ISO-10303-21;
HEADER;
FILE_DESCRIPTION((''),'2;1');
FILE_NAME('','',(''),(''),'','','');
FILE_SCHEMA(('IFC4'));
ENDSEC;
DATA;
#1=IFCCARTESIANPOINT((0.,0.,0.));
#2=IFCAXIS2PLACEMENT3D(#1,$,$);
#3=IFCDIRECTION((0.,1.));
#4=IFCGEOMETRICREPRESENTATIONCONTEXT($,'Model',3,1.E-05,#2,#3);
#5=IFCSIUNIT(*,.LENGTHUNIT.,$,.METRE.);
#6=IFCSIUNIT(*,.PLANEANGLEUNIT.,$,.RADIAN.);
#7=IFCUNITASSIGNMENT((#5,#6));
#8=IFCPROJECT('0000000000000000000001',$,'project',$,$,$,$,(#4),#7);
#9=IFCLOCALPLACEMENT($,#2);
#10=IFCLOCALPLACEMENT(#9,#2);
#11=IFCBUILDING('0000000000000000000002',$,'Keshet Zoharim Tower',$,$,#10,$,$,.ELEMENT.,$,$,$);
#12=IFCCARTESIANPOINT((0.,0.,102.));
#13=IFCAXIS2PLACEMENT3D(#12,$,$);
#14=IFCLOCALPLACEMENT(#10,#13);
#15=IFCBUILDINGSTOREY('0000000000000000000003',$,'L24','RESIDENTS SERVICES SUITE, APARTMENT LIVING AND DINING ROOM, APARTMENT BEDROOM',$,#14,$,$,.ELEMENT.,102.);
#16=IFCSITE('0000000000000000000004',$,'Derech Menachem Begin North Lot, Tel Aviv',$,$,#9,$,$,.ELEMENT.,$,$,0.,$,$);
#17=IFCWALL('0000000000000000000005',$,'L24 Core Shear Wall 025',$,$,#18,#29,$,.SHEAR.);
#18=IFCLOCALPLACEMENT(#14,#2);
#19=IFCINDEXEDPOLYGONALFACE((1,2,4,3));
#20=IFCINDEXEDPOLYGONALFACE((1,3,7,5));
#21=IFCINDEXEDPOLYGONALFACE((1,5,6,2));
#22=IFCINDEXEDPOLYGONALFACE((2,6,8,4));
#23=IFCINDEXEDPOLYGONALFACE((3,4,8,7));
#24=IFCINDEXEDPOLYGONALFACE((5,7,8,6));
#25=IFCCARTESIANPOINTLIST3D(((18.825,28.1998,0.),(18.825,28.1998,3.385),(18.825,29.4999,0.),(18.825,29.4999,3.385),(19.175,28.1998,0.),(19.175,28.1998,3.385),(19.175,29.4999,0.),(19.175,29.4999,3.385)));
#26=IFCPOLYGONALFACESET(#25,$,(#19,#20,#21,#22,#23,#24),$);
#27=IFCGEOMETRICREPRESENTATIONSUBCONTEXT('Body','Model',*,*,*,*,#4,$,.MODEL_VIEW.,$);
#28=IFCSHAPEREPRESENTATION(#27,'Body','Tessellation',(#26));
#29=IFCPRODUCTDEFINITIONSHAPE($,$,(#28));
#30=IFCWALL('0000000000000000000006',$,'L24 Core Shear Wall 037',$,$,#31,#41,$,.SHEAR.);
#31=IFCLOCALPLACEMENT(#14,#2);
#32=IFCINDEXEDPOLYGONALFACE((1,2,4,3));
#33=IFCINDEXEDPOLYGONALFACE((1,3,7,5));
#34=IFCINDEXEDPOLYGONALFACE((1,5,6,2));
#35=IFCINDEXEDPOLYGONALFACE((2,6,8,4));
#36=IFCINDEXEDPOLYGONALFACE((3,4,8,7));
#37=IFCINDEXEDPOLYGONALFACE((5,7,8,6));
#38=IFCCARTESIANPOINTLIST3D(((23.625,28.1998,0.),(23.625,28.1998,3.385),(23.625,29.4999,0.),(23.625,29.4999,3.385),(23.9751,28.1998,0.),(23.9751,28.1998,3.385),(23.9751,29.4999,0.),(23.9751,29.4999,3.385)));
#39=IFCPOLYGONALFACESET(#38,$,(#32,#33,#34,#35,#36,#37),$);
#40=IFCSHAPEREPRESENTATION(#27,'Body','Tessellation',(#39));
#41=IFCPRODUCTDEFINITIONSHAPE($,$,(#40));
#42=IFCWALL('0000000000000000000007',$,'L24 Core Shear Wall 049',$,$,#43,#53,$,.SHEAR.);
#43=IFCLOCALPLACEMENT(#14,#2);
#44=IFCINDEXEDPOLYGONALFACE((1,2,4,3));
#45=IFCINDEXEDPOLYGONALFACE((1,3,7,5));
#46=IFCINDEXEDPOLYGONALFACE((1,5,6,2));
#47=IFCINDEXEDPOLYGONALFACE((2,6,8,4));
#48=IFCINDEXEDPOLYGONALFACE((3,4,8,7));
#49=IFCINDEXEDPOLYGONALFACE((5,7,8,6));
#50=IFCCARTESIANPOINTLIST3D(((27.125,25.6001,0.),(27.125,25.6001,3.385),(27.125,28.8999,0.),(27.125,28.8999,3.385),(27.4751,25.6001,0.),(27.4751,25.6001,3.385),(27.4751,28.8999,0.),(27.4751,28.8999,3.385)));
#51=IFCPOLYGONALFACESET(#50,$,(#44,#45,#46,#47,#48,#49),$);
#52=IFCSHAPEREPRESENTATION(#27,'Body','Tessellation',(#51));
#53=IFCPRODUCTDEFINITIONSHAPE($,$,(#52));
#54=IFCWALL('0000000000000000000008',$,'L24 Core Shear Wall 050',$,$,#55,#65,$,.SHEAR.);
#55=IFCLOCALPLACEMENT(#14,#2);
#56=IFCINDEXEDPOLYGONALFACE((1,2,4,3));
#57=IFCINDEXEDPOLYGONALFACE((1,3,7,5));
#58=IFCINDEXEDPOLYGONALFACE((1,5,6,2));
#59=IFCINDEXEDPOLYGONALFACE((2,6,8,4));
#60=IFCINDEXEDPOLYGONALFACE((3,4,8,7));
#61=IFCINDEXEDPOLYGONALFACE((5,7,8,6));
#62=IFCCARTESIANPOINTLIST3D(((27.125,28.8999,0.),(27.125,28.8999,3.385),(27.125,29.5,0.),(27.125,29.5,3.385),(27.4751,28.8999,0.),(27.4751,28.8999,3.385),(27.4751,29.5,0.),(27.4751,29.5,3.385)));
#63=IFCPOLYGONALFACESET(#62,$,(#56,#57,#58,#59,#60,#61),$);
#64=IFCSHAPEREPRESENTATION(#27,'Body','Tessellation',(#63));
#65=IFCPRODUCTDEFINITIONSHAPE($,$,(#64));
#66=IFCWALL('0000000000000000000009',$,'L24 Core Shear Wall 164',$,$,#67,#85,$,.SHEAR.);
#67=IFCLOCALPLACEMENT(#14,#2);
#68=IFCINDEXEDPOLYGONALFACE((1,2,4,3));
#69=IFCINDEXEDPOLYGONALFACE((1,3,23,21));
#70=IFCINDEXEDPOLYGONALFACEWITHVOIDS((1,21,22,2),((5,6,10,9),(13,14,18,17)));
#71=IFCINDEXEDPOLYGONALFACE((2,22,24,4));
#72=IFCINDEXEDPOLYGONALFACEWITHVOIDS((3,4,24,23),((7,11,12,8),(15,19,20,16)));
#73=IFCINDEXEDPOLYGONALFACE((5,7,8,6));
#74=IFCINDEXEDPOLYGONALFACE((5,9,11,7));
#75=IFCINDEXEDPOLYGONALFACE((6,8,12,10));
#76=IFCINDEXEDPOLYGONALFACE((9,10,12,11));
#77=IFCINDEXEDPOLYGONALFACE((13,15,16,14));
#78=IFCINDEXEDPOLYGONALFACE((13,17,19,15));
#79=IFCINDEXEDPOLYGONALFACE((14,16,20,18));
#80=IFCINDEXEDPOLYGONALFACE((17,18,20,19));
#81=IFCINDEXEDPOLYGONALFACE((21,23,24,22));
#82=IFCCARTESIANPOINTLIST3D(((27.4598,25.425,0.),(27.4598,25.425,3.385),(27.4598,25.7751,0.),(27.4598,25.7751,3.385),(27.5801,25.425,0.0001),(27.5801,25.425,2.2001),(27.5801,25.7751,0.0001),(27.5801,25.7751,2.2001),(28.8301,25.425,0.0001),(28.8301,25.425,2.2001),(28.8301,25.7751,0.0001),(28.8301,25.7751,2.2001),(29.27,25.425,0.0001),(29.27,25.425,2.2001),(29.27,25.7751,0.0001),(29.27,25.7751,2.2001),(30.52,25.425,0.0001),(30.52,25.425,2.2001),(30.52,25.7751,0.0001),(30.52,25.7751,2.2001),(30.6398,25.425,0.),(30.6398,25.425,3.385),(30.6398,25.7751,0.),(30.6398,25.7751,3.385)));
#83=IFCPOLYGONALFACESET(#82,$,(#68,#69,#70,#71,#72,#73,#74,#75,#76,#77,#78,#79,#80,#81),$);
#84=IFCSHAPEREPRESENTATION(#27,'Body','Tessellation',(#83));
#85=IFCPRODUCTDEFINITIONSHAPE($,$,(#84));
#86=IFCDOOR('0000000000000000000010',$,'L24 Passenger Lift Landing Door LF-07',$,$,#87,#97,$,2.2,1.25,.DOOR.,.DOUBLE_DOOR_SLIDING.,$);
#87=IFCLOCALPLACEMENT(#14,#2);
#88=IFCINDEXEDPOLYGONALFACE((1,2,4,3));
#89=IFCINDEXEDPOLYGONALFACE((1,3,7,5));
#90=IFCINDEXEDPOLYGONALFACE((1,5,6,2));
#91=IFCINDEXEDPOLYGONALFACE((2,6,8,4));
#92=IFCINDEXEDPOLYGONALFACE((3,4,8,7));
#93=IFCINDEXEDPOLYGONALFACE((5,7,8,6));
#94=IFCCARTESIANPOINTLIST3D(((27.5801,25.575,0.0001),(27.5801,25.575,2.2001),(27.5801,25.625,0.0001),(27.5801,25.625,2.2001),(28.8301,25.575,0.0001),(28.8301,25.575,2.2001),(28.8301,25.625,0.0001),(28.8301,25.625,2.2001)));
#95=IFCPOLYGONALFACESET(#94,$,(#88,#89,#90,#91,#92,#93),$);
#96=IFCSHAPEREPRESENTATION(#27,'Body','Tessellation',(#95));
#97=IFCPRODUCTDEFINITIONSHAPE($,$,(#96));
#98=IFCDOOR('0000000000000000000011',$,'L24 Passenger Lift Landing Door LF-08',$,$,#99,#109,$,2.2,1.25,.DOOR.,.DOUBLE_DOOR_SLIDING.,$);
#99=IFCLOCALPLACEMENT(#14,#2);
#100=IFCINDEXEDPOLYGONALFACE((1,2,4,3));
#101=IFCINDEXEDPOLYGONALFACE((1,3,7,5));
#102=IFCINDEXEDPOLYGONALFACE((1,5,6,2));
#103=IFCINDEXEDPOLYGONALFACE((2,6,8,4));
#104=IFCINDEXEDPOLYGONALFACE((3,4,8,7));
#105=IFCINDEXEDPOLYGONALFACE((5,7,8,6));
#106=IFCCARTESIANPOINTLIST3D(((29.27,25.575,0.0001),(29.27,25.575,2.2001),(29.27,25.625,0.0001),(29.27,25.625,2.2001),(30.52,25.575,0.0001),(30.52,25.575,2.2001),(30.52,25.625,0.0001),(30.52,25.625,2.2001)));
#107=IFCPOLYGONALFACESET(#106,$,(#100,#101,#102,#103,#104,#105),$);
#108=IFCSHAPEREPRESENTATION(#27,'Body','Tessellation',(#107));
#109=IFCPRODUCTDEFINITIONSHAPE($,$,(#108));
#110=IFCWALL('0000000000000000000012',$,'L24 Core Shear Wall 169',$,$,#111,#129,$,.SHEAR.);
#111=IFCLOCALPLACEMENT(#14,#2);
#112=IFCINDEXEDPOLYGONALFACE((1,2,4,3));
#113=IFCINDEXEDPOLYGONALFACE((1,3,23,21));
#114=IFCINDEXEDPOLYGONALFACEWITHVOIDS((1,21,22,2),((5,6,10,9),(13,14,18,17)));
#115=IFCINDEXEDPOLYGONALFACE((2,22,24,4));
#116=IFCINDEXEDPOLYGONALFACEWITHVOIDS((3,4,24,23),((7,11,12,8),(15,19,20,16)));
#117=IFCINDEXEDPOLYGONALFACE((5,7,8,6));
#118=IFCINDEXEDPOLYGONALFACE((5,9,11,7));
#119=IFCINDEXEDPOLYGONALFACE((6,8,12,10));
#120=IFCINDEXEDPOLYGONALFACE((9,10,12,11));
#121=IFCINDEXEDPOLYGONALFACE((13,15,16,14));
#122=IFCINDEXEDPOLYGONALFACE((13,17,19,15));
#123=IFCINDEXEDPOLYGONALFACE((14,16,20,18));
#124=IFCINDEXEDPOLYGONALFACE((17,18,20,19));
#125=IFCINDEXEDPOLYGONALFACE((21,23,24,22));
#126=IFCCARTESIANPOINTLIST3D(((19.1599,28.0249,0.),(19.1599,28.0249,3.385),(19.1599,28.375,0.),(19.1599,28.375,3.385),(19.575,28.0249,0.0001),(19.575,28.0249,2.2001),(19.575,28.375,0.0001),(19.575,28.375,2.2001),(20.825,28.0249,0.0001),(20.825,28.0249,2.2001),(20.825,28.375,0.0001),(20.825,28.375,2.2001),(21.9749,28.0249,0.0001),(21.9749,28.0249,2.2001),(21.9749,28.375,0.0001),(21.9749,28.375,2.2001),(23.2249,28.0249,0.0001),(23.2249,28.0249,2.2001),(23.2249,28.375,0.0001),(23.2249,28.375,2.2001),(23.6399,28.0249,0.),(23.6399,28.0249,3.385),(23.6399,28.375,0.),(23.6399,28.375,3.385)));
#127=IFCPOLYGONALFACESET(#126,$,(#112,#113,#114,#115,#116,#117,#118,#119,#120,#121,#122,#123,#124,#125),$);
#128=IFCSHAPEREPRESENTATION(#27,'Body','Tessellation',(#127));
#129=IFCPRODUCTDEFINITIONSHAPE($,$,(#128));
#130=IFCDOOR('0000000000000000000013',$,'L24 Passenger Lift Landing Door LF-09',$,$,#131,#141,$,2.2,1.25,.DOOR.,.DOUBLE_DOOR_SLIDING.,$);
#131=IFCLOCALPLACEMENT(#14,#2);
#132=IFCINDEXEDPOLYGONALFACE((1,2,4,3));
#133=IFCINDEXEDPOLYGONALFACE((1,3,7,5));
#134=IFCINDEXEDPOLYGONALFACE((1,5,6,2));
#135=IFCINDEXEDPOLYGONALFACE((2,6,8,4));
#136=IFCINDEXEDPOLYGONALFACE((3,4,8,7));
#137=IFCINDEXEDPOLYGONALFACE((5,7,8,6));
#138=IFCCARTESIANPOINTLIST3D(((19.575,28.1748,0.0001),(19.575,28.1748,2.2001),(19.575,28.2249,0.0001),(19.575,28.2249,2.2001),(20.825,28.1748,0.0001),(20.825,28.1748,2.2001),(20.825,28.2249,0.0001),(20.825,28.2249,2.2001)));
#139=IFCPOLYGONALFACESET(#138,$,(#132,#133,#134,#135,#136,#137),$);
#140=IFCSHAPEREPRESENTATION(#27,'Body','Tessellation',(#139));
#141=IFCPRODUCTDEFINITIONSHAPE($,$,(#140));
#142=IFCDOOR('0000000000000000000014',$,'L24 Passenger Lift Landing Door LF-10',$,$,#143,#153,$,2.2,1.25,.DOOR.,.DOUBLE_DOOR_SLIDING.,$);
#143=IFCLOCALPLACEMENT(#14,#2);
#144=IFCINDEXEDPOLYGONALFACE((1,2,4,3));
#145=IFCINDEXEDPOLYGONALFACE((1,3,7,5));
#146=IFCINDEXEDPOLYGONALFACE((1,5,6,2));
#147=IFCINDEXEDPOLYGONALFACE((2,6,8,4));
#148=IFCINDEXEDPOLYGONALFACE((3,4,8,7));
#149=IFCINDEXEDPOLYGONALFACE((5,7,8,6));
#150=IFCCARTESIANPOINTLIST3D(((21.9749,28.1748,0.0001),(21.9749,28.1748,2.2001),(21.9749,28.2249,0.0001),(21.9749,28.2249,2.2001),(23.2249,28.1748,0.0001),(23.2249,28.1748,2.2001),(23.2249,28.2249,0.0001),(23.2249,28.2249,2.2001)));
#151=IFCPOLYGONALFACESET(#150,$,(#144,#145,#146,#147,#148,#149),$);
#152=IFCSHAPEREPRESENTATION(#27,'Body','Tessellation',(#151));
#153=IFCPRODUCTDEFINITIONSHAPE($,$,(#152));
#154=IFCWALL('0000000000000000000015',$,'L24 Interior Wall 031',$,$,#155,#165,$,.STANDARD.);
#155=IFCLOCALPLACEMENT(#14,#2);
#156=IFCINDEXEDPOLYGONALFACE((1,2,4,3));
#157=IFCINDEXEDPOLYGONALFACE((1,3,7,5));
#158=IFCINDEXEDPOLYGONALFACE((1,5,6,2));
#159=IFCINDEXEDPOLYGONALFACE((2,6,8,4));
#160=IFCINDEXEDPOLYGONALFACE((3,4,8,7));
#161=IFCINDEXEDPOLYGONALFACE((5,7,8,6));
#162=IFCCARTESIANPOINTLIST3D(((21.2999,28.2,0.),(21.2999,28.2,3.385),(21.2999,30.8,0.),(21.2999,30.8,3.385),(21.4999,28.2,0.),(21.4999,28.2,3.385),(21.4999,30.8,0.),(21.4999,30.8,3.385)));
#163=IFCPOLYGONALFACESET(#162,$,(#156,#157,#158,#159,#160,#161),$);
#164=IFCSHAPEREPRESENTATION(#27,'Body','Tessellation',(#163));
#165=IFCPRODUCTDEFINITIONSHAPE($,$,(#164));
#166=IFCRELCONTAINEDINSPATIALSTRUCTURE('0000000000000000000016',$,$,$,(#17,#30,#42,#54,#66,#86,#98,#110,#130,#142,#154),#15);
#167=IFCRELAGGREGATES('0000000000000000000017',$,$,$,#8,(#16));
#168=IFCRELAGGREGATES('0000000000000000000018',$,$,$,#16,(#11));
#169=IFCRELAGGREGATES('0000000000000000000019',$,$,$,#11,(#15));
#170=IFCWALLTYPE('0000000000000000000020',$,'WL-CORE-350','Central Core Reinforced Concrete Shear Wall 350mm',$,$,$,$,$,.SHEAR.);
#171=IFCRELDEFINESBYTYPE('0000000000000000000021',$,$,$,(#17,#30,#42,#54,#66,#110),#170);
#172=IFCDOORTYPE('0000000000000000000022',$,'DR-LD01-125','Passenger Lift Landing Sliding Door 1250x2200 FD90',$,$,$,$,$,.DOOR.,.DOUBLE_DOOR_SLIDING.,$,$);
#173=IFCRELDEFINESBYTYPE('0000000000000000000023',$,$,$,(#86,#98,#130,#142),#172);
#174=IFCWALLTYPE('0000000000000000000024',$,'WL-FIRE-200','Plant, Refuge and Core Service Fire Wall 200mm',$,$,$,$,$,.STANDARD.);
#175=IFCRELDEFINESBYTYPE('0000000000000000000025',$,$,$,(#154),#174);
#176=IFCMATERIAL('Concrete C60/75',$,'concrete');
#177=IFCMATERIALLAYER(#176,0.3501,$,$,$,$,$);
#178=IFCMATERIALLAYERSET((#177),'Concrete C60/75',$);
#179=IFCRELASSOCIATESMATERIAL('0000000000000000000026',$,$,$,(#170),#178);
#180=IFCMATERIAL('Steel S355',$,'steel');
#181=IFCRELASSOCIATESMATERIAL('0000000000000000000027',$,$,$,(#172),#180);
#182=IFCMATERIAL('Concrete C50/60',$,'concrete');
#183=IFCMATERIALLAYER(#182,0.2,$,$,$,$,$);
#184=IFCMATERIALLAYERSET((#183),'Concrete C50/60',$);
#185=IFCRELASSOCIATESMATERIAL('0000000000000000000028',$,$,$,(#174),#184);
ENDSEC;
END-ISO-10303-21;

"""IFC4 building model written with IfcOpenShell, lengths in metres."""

from ifc_helpers import new_model, si_unit, direction, frame, frame_2d, origin, place, context, subcontext, project, spatial, rectangle, extrude, material, layer, layer_set, type_object, element, fill, save


model = new_model("IFC4")

# Units and contexts
model_context = context("Model", 3, precision=1e-05, world=origin(), true_north=direction((0.0, 1.0)))
body_context = subcontext(model_context, "Body", "Model", "MODEL_VIEW")
ifc_project = project(units=[si_unit("LENGTHUNIT", "METRE"), si_unit("PLANEANGLEUNIT", "RADIAN")], contexts=[model_context])

# Site, building, storey
site_placement = place(None, origin())
site = spatial("IfcSite", under=ifc_project, at=site_placement, Name="Derech Menachem Begin North Lot, Tel Aviv", CompositionType="ELEMENT", RefElevation=0.0)
building_placement = place(site_placement, origin())
building = spatial("IfcBuilding", under=site, at=building_placement, Name="Keshet Zoharim Tower", CompositionType="ELEMENT")
storey_placement = place(building_placement, frame((0.0, 0.0, 102.0)))
storey = spatial("IfcBuildingStorey", under=building, at=storey_placement, Name="L24", Description="RESIDENTS SERVICES SUITE, APARTMENT LIVING AND DINING ROOM, APARTMENT BEDROOM", CompositionType="ELEMENT", Elevation=102.0)

# Walls
ifc_material_1 = material(Name="Concrete C60/75", Category="concrete")
ifc_layer_1 = layer(ifc_material_1, 0.3501)
ifc_layer_set_1 = layer_set([ifc_layer_1], Name="Concrete C60/75")
wall_type_1 = type_object("IfcWallType", Name="WL-CORE-350", Description="Central Core Reinforced Concrete Shear Wall 350mm", PredefinedType="SHEAR", material=ifc_layer_set_1)
for number, where, z_axis, x_axis, name in (
    (1, (19.0, 28.2, 0.0), (0.0, 0.0, 1.0), (0.0, 1.0, 0.0), "L24 Core Shear Wall 025"),
    (2, (23.8, 28.2, 0.0), (0.0, 0.0, 1.0), (0.0, 1.0, 0.0), "L24 Core Shear Wall 037"),
):
    element("IfcWall", number, at=place(storey_placement, frame(where, z_axis=z_axis, x_axis=x_axis)), inside=storey, type_object=wall_type_1, Name=name, PredefinedType="SHEAR", context=body_context, shape_type="SweptSolid", body=[
        extrude(rectangle(XDim=1.3, YDim=0.3501, at=frame_2d((0.6499, 0.0))), origin(), (0.0, 0.0, 1.0), 3.385),
    ])
wall_1_placement = place(storey_placement, frame((27.3, 25.6001, 0.0), z_axis=(0.0, 0.0, 1.0), x_axis=(0.0, 1.0, 0.0)))
element("IfcWall", 3, at=wall_1_placement, inside=storey, type_object=wall_type_1, Name="L24 Core Shear Wall 049", PredefinedType="SHEAR", context=body_context, shape_type="SweptSolid", body=[
    extrude(rectangle(XDim=3.2998, YDim=0.3501, at=frame_2d((1.6499, 0.0))), origin(), (0.0, 0.0, 1.0), 3.385),
])
wall_2_placement = place(storey_placement, frame((27.3, 28.8999, 0.0), z_axis=(0.0, 0.0, 1.0), x_axis=(0.0, 1.0, 0.0)))
element("IfcWall", 4, at=wall_2_placement, inside=storey, type_object=wall_type_1, Name="L24 Core Shear Wall 050", PredefinedType="SHEAR", context=body_context, shape_type="SweptSolid", body=[
    extrude(rectangle(XDim=0.6001, YDim=0.3501, at=frame_2d((0.3, 0.0))), origin(), (0.0, 0.0, 1.0), 3.385),
])

# Walls, openings, doors
wall_3_placement = place(storey_placement, frame((27.46, 25.6001, 0.0), z_axis=(0.0, 0.0, 1.0), x_axis=(1.0, 0.0, 0.0)))
wall_3 = element("IfcWall", 5, at=wall_3_placement, inside=storey, type_object=wall_type_1, Name="L24 Core Shear Wall 164", PredefinedType="SHEAR", context=body_context, shape_type="SweptSolid", body=[
    extrude(rectangle(XDim=3.1799, YDim=0.3501, at=frame_2d((1.5898, 0.0))), origin(), (0.0, 0.0, 1.0), 3.385),
])
opening_1_placement = place(wall_3_placement, frame((0.1201, 0.0, 0.0)))
opening_1 = element("IfcOpeningElement", 6, at=opening_1_placement, cuts=wall_3, PredefinedType="OPENING", context=body_context, shape_type="SweptSolid", body=[
    extrude(rectangle(XDim=1.25, YDim=2.2, at=frame_2d((0.625, 1.1001))), frame((0.0, 0.1851, 0.0), z_axis=(0.0, -1.0, 0.0), x_axis=(1.0, 0.0, 0.0)), (0.0, 0.0, 1.0), 0.3701),
])
opening_2_placement = place(wall_3_placement, frame((1.8101, 0.0, 0.0)))
opening_2 = element("IfcOpeningElement", 7, at=opening_2_placement, cuts=wall_3, PredefinedType="OPENING", context=body_context, shape_type="SweptSolid", body=[
    extrude(rectangle(XDim=1.25, YDim=2.2, at=frame_2d((0.625, 1.1001))), frame((0.0, 0.1851, 0.0), z_axis=(0.0, -1.0, 0.0), x_axis=(1.0, 0.0, 0.0)), (0.0, 0.0, 1.0), 0.3701),
])
ifc_material_2 = material(Name="Steel S355", Category="steel")
door_type = type_object("IfcDoorType", Name="DR-LD01-125", Description="Passenger Lift Landing Sliding Door 1250x2200 FD90", OperationType="DOUBLE_DOOR_SLIDING", PredefinedType="DOOR", material=ifc_material_2)
door_1_placement = place(opening_1_placement, origin())
door_1 = element("IfcDoor", 8, at=door_1_placement, inside=storey, type_object=door_type, Name="L24 Passenger Lift Landing Door LF-07", OperationType="DOUBLE_DOOR_SLIDING", OverallHeight=2.2, OverallWidth=1.25, PredefinedType="DOOR", context=body_context, shape_type="SweptSolid", body=[
    extrude(rectangle(XDim=1.25, YDim=2.2, at=frame_2d((0.625, 1.1001))), frame((0.0, 0.0249, 0.0), z_axis=(0.0, -1.0, 0.0), x_axis=(1.0, 0.0, 0.0)), (0.0, 0.0, 1.0), 0.05),
])
fill(opening_1, door_1)
door_2_placement = place(opening_2_placement, origin())
door_2 = element("IfcDoor", 9, at=door_2_placement, inside=storey, type_object=door_type, Name="L24 Passenger Lift Landing Door LF-08", OperationType="DOUBLE_DOOR_SLIDING", OverallHeight=2.2, OverallWidth=1.25, PredefinedType="DOOR", context=body_context, shape_type="SweptSolid", body=[
    extrude(rectangle(XDim=1.25, YDim=2.2, at=frame_2d((0.625, 1.1001))), frame((0.0, 0.0249, 0.0), z_axis=(0.0, -1.0, 0.0), x_axis=(1.0, 0.0, 0.0)), (0.0, 0.0, 1.0), 0.05),
])
fill(opening_2, door_2)
wall_4_placement = place(storey_placement, frame((19.1599, 28.2, 0.0), z_axis=(0.0, 0.0, 1.0), x_axis=(1.0, 0.0, 0.0)))
wall_4 = element("IfcWall", 10, at=wall_4_placement, inside=storey, type_object=wall_type_1, Name="L24 Core Shear Wall 169", PredefinedType="SHEAR", context=body_context, shape_type="SweptSolid", body=[
    extrude(rectangle(XDim=4.48, YDim=0.3501, at=frame_2d((2.24, 0.0))), origin(), (0.0, 0.0, 1.0), 3.385),
])
opening_3_placement = place(wall_4_placement, frame((0.415, 0.0, 0.0)))
opening_3 = element("IfcOpeningElement", 11, at=opening_3_placement, cuts=wall_4, PredefinedType="OPENING", context=body_context, shape_type="SweptSolid", body=[
    extrude(rectangle(XDim=1.25, YDim=2.2, at=frame_2d((0.625, 1.1001))), frame((0.0, 0.1851, 0.0), z_axis=(0.0, -1.0, 0.0), x_axis=(1.0, 0.0, 0.0)), (0.0, 0.0, 1.0), 0.3701),
])
opening_4_placement = place(wall_4_placement, frame((2.8149, 0.0, 0.0)))
opening_4 = element("IfcOpeningElement", 12, at=opening_4_placement, cuts=wall_4, PredefinedType="OPENING", context=body_context, shape_type="SweptSolid", body=[
    extrude(rectangle(XDim=1.25, YDim=2.2, at=frame_2d((0.625, 1.1001))), frame((0.0, 0.1851, 0.0), z_axis=(0.0, -1.0, 0.0), x_axis=(1.0, 0.0, 0.0)), (0.0, 0.0, 1.0), 0.3701),
])
door_3_placement = place(opening_3_placement, origin())
door_3 = element("IfcDoor", 13, at=door_3_placement, inside=storey, type_object=door_type, Name="L24 Passenger Lift Landing Door LF-09", OperationType="DOUBLE_DOOR_SLIDING", OverallHeight=2.2, OverallWidth=1.25, PredefinedType="DOOR", context=body_context, shape_type="SweptSolid", body=[
    extrude(rectangle(XDim=1.25, YDim=2.2, at=frame_2d((0.625, 1.1001))), frame((0.0, 0.0249, 0.0), z_axis=(0.0, -1.0, 0.0), x_axis=(1.0, 0.0, 0.0)), (0.0, 0.0, 1.0), 0.05),
])
fill(opening_3, door_3)
door_4_placement = place(opening_4_placement, origin())
door_4 = element("IfcDoor", 14, at=door_4_placement, inside=storey, type_object=door_type, Name="L24 Passenger Lift Landing Door LF-10", OperationType="DOUBLE_DOOR_SLIDING", OverallHeight=2.2, OverallWidth=1.25, PredefinedType="DOOR", context=body_context, shape_type="SweptSolid", body=[
    extrude(rectangle(XDim=1.25, YDim=2.2, at=frame_2d((0.625, 1.1001))), frame((0.0, 0.0249, 0.0), z_axis=(0.0, -1.0, 0.0), x_axis=(1.0, 0.0, 0.0)), (0.0, 0.0, 1.0), 0.05),
])
fill(opening_4, door_4)

# Wall
ifc_material_3 = material(Name="Concrete C50/60", Category="concrete")
ifc_layer_2 = layer(ifc_material_3, 0.2)
ifc_layer_set_2 = layer_set([ifc_layer_2], Name="Concrete C50/60")
wall_type_2 = type_object("IfcWallType", Name="WL-FIRE-200", Description="Plant, Refuge and Core Service Fire Wall 200mm", PredefinedType="STANDARD", material=ifc_layer_set_2)
wall_5_placement = place(storey_placement, frame((21.3999, 28.2, 0.0), z_axis=(0.0, 0.0, 1.0), x_axis=(0.0, 1.0, 0.0)))
element("IfcWall", 15, at=wall_5_placement, inside=storey, type_object=wall_type_2, Name="L24 Interior Wall 031", PredefinedType="STANDARD", context=body_context, shape_type="SweptSolid", body=[
    extrude(rectangle(XDim=2.6001, YDim=0.2, at=frame_2d((1.3, 0.0))), origin(), (0.0, 0.0, 1.0), 3.385),
])

save(model, "model.ifc")
